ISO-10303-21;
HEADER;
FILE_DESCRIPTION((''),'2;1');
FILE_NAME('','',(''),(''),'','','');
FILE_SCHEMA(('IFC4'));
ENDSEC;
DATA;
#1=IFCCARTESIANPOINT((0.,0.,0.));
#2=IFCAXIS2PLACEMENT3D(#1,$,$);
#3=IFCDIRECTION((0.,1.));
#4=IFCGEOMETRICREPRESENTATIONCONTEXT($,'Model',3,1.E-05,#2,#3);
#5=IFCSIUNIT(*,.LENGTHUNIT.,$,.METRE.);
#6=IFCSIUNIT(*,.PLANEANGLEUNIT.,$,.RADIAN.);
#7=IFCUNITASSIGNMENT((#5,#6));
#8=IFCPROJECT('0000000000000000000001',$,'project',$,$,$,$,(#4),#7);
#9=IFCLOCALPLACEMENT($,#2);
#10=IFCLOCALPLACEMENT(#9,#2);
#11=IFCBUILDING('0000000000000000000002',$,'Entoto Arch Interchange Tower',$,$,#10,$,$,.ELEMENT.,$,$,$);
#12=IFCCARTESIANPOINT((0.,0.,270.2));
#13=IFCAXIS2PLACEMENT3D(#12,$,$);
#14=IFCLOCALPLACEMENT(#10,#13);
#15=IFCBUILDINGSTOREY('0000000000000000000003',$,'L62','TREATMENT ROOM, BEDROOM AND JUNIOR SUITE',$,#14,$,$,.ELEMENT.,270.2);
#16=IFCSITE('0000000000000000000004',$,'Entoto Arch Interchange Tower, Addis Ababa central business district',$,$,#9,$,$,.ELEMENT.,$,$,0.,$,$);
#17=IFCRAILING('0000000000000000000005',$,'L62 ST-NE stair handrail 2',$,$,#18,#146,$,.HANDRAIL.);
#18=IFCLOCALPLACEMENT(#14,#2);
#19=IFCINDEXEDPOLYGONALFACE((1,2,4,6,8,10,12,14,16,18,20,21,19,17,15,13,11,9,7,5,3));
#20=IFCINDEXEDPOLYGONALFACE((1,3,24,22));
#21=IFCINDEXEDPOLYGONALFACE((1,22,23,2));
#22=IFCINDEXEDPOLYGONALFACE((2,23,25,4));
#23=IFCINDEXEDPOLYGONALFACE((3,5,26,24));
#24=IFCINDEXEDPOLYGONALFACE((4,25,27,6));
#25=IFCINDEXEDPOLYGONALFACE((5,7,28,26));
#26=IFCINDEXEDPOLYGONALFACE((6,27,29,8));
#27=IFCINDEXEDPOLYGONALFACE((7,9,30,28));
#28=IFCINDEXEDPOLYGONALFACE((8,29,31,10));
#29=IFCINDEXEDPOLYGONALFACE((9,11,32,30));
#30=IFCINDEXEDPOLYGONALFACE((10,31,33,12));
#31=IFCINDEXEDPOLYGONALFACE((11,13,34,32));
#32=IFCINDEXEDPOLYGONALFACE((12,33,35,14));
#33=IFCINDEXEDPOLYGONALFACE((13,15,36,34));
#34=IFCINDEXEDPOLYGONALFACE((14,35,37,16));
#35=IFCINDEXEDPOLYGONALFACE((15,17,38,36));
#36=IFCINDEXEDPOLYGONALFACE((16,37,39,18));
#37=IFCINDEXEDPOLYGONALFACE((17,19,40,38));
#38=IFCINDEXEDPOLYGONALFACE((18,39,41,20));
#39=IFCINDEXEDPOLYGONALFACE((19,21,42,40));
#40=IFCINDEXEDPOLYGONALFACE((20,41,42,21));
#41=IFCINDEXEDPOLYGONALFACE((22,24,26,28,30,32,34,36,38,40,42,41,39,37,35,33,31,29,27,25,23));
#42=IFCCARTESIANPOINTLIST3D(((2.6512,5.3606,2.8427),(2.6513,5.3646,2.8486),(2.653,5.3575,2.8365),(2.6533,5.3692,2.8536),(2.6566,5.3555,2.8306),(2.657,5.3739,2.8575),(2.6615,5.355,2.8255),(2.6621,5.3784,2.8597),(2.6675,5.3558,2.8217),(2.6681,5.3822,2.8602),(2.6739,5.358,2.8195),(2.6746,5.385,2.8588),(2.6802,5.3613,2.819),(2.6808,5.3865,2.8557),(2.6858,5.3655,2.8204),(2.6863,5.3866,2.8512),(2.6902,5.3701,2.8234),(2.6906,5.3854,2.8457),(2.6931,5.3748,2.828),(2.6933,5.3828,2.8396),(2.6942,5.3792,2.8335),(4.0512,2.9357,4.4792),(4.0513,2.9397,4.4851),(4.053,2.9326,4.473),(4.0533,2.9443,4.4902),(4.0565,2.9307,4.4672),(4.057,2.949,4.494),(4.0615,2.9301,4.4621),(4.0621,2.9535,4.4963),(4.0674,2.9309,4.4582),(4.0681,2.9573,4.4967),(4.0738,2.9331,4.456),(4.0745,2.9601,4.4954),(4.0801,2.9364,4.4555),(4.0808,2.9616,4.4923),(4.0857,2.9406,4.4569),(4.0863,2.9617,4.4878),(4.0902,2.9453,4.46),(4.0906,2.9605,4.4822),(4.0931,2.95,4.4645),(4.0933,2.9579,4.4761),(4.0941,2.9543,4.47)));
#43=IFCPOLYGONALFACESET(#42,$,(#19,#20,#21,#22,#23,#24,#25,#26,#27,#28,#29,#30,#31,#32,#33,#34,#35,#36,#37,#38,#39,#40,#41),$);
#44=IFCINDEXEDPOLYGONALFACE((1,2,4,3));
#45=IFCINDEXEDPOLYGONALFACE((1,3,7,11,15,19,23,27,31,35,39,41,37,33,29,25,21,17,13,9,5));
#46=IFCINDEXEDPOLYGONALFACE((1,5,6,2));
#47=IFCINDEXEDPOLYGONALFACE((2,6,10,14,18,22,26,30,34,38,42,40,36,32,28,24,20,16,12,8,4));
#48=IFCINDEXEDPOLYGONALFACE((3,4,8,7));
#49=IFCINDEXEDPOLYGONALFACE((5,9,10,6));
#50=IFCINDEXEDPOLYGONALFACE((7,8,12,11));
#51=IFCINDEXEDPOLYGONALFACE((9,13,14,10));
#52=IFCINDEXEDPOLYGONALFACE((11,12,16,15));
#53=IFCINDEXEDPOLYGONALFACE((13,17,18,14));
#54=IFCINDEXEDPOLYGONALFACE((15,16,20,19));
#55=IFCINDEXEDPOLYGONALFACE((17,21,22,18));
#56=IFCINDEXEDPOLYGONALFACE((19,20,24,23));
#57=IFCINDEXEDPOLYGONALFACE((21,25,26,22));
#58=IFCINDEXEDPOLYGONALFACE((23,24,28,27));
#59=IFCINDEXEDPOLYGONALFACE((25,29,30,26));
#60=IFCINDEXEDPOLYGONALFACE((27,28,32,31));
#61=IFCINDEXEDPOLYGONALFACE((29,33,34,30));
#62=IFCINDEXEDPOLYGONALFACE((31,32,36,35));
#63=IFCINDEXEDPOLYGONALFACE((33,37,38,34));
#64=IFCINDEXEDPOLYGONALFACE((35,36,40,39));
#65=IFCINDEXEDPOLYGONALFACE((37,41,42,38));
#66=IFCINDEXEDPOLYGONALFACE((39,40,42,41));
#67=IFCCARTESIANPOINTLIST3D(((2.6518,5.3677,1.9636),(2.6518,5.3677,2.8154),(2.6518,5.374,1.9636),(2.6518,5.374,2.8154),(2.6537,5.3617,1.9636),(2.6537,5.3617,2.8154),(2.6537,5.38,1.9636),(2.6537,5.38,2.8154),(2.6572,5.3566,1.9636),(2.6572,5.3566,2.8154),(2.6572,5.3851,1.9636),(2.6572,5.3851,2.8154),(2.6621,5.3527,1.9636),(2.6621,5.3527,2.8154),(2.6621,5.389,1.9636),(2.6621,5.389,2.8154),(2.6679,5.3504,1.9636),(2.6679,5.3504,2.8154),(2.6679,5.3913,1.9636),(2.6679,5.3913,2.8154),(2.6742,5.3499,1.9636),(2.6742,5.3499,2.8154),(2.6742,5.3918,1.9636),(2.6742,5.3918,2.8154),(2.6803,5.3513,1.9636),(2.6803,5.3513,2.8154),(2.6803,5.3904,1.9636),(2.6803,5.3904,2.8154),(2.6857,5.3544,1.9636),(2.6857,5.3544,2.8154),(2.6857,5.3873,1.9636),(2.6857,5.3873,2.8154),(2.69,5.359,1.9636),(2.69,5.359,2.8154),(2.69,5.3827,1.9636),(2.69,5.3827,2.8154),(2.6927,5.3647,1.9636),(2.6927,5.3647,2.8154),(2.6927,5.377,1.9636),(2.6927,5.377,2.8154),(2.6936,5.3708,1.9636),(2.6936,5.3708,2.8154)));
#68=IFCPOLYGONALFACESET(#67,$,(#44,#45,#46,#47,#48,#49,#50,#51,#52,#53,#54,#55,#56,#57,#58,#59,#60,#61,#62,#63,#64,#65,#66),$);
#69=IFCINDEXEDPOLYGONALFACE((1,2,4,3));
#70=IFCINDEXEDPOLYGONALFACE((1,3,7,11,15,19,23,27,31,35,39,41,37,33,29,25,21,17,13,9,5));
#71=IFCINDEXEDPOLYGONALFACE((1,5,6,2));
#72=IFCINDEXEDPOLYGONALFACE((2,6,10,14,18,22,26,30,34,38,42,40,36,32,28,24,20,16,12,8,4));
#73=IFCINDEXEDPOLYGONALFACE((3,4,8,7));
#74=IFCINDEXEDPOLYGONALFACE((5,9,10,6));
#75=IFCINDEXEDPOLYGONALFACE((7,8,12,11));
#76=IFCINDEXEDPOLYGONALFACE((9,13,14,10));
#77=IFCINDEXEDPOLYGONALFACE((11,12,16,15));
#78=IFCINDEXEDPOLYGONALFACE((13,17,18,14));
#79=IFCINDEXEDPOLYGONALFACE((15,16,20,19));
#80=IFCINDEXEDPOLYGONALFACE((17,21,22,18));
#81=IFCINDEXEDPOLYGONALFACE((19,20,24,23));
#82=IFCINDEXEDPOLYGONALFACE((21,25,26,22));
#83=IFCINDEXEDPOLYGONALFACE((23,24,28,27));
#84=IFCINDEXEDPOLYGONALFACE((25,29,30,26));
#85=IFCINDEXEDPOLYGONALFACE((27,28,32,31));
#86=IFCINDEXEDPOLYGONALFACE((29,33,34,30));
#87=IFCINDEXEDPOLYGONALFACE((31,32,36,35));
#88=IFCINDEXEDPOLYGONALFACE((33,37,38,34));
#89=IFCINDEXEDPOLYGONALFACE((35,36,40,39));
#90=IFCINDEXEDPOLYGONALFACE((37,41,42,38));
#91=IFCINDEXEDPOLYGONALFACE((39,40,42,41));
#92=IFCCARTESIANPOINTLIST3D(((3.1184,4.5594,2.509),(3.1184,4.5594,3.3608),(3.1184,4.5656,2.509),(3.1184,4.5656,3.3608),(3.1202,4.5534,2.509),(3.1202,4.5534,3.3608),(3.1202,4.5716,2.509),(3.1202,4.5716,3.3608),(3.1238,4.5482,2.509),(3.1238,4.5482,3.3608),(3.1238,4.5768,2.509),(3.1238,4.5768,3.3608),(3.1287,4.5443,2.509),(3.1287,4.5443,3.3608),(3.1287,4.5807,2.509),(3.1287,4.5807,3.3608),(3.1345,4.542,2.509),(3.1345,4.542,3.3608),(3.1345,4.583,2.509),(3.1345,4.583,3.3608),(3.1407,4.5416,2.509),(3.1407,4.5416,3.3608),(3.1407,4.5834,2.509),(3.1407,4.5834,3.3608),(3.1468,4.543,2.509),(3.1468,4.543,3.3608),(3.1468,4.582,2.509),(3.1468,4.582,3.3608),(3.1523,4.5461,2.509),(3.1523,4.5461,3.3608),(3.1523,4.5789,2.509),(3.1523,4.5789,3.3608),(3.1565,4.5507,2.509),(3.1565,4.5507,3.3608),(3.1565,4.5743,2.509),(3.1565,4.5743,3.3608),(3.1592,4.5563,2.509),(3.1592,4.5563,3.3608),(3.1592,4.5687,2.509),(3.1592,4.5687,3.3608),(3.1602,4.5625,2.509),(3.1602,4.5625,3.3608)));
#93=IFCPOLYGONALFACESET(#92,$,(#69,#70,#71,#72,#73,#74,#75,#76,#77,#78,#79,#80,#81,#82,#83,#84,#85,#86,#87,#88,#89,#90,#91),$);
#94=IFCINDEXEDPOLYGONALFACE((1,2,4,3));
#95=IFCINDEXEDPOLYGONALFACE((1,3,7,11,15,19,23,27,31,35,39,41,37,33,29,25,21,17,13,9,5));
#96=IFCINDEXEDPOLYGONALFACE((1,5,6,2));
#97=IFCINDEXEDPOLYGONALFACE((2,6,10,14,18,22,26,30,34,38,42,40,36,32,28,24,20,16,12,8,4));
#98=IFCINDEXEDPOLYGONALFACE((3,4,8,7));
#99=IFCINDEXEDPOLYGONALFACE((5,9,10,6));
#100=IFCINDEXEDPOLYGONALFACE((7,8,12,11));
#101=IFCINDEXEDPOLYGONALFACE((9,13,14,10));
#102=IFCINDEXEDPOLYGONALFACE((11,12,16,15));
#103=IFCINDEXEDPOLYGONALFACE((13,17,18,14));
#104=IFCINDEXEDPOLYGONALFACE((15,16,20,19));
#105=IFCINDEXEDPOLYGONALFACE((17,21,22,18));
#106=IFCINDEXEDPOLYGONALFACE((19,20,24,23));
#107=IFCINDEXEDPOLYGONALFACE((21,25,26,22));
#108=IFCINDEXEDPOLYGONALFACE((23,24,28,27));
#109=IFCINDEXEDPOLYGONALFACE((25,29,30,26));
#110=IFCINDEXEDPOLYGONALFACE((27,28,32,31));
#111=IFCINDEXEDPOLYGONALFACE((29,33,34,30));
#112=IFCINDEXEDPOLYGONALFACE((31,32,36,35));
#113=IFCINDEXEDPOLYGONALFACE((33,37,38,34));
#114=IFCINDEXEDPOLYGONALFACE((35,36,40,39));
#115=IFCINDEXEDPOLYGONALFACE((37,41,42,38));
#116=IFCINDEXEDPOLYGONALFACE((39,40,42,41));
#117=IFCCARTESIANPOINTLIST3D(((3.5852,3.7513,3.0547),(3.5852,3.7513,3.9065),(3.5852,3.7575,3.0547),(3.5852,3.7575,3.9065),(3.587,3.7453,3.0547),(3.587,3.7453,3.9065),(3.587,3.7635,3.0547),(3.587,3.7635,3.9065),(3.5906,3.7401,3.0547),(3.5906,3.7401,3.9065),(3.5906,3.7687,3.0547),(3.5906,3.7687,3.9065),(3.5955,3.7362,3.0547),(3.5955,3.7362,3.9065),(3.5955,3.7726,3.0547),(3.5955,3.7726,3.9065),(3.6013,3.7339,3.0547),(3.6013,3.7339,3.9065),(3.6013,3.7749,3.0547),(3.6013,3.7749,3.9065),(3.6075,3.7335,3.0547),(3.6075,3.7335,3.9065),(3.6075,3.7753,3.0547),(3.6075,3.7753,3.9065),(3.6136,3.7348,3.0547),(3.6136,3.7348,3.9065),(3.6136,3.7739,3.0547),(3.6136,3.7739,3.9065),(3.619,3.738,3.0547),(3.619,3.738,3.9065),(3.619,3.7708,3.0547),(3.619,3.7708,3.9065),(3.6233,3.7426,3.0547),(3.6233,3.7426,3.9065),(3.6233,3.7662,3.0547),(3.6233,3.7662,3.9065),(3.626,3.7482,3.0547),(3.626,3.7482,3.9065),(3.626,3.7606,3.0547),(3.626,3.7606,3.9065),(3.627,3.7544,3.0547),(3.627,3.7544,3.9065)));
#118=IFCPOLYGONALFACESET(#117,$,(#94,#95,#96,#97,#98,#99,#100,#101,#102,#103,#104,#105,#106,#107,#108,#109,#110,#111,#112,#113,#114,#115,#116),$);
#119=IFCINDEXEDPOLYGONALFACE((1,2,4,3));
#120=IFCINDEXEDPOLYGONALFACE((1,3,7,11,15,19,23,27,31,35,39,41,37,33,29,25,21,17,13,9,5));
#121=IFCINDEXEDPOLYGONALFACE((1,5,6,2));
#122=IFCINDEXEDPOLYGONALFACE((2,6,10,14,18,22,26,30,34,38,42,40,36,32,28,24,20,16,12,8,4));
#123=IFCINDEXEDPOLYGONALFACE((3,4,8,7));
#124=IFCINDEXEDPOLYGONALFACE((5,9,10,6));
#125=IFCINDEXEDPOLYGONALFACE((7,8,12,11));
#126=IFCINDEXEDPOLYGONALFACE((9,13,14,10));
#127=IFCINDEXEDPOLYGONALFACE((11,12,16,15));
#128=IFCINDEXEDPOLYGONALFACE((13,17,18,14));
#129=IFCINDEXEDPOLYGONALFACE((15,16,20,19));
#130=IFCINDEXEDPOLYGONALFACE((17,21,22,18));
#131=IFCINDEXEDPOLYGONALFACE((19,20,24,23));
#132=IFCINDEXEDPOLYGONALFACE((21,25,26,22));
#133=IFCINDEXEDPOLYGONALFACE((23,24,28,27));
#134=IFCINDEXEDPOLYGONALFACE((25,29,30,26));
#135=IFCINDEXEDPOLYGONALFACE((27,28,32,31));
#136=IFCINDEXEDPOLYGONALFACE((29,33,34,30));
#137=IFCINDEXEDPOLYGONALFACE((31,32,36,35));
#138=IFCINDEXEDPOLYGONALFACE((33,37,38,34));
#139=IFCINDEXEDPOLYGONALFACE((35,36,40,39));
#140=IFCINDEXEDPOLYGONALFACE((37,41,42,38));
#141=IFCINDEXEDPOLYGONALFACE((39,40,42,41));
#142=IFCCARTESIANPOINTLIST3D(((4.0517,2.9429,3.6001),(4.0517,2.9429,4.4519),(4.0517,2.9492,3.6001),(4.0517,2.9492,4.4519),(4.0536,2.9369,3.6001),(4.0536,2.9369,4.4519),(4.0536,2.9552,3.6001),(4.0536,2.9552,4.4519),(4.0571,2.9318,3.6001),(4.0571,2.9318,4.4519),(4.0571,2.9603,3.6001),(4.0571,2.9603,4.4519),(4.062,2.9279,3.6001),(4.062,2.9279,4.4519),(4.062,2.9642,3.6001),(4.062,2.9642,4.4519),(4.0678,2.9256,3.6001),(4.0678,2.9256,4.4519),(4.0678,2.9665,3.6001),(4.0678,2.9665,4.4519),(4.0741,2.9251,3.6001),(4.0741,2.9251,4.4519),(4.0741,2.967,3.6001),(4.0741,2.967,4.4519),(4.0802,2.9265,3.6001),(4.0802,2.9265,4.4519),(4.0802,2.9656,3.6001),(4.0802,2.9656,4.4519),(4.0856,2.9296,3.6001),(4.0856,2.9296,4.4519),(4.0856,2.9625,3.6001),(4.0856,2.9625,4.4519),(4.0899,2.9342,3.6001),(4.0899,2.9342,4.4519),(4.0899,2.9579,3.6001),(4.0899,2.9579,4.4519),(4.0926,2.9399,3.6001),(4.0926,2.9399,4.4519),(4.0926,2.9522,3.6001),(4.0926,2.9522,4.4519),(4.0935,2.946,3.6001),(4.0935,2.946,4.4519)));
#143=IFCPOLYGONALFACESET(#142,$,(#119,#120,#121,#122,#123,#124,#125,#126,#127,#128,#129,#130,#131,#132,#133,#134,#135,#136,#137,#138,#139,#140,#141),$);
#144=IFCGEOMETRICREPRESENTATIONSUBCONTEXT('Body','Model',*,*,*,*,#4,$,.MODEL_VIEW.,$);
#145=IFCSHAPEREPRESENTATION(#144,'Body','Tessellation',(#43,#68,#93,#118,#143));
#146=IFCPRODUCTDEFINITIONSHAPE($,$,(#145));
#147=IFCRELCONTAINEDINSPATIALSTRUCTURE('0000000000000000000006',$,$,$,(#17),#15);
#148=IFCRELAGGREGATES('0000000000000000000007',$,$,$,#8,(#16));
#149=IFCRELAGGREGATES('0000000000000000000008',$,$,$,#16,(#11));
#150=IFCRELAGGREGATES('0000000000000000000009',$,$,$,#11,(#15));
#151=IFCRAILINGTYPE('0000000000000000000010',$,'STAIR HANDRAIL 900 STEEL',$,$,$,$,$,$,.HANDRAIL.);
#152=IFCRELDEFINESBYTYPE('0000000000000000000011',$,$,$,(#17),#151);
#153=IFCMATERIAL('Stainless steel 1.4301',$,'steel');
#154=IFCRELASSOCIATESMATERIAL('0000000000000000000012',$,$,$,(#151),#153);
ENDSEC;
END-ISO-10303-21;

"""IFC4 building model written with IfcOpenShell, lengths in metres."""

from ifc_helpers import new_model, si_unit, direction, frame, origin, origin_2d, place, context, subcontext, project, spatial, circle, extrude, material, type_object, element, save


model = new_model("IFC4")

# Units and contexts
model_context = context("Model", 3, precision=1e-05, world=origin(), true_north=direction((0.0, 1.0)))
body_context = subcontext(model_context, "Body", "Model", "MODEL_VIEW")
ifc_project = project(units=[si_unit("LENGTHUNIT", "METRE"), si_unit("PLANEANGLEUNIT", "RADIAN")], contexts=[model_context])

# Site, building, storey
site_placement = place(None, origin())
site = spatial("IfcSite", under=ifc_project, at=site_placement, Name="Entoto Arch Interchange Tower, Addis Ababa central business district", CompositionType="ELEMENT", RefElevation=0.0)
building_placement = place(site_placement, origin())
building = spatial("IfcBuilding", under=site, at=building_placement, Name="Entoto Arch Interchange Tower", CompositionType="ELEMENT")
storey_placement = place(building_placement, frame((0.0, 0.0, 270.2)))
storey = spatial("IfcBuildingStorey", under=building, at=storey_placement, Name="L62", Description="TREATMENT ROOM, BEDROOM AND JUNIOR SUITE", CompositionType="ELEMENT", Elevation=270.2)

# Railing
ifc_material_1 = material(Name="Stainless steel 1.4301", Category="steel")
railing_type_1 = type_object("IfcRailingType", Name="STAIR HANDRAIL 900 STEEL", PredefinedType="HANDRAIL", material=ifc_material_1)
railing_1_placement = place(storey_placement, frame((2.6726, 5.3708, 1.9636)))
element("IfcRailing", 1, at=railing_1_placement, inside=storey, type_object=railing_type_1, Name="L62 ST-NE stair handrail 2", PredefinedType="HANDRAIL", context=body_context, shape_type="SweptSolid", body=[
    extrude(circle(Radius=0.0239, at=origin_2d()), frame((0.0, 0.0, 0.876), z_axis=(0.431661, -0.74769, 0.504608), x_axis=(0.866035, 0.499984, 0.0)), (0.0, 0.0, 1.0), 3.2432),
    extrude(circle(Radius=0.021, at=origin_2d()), origin(), (0.0, 0.0, 1.0), 0.8518),
    extrude(circle(Radius=0.021, at=origin_2d()), frame((0.4666, -0.8083, 0.5454)), (0.0, 0.0, 1.0), 0.8518),
    extrude(circle(Radius=0.021, at=origin_2d()), frame((0.9333, -1.6165, 1.0911)), (0.0, 0.0, 1.0), 0.8518),
    extrude(circle(Radius=0.021, at=origin_2d()), frame((1.3999, -2.4248, 1.6365)), (0.0, 0.0, 1.0), 0.8518),
])

save(model, "model.ifc")
